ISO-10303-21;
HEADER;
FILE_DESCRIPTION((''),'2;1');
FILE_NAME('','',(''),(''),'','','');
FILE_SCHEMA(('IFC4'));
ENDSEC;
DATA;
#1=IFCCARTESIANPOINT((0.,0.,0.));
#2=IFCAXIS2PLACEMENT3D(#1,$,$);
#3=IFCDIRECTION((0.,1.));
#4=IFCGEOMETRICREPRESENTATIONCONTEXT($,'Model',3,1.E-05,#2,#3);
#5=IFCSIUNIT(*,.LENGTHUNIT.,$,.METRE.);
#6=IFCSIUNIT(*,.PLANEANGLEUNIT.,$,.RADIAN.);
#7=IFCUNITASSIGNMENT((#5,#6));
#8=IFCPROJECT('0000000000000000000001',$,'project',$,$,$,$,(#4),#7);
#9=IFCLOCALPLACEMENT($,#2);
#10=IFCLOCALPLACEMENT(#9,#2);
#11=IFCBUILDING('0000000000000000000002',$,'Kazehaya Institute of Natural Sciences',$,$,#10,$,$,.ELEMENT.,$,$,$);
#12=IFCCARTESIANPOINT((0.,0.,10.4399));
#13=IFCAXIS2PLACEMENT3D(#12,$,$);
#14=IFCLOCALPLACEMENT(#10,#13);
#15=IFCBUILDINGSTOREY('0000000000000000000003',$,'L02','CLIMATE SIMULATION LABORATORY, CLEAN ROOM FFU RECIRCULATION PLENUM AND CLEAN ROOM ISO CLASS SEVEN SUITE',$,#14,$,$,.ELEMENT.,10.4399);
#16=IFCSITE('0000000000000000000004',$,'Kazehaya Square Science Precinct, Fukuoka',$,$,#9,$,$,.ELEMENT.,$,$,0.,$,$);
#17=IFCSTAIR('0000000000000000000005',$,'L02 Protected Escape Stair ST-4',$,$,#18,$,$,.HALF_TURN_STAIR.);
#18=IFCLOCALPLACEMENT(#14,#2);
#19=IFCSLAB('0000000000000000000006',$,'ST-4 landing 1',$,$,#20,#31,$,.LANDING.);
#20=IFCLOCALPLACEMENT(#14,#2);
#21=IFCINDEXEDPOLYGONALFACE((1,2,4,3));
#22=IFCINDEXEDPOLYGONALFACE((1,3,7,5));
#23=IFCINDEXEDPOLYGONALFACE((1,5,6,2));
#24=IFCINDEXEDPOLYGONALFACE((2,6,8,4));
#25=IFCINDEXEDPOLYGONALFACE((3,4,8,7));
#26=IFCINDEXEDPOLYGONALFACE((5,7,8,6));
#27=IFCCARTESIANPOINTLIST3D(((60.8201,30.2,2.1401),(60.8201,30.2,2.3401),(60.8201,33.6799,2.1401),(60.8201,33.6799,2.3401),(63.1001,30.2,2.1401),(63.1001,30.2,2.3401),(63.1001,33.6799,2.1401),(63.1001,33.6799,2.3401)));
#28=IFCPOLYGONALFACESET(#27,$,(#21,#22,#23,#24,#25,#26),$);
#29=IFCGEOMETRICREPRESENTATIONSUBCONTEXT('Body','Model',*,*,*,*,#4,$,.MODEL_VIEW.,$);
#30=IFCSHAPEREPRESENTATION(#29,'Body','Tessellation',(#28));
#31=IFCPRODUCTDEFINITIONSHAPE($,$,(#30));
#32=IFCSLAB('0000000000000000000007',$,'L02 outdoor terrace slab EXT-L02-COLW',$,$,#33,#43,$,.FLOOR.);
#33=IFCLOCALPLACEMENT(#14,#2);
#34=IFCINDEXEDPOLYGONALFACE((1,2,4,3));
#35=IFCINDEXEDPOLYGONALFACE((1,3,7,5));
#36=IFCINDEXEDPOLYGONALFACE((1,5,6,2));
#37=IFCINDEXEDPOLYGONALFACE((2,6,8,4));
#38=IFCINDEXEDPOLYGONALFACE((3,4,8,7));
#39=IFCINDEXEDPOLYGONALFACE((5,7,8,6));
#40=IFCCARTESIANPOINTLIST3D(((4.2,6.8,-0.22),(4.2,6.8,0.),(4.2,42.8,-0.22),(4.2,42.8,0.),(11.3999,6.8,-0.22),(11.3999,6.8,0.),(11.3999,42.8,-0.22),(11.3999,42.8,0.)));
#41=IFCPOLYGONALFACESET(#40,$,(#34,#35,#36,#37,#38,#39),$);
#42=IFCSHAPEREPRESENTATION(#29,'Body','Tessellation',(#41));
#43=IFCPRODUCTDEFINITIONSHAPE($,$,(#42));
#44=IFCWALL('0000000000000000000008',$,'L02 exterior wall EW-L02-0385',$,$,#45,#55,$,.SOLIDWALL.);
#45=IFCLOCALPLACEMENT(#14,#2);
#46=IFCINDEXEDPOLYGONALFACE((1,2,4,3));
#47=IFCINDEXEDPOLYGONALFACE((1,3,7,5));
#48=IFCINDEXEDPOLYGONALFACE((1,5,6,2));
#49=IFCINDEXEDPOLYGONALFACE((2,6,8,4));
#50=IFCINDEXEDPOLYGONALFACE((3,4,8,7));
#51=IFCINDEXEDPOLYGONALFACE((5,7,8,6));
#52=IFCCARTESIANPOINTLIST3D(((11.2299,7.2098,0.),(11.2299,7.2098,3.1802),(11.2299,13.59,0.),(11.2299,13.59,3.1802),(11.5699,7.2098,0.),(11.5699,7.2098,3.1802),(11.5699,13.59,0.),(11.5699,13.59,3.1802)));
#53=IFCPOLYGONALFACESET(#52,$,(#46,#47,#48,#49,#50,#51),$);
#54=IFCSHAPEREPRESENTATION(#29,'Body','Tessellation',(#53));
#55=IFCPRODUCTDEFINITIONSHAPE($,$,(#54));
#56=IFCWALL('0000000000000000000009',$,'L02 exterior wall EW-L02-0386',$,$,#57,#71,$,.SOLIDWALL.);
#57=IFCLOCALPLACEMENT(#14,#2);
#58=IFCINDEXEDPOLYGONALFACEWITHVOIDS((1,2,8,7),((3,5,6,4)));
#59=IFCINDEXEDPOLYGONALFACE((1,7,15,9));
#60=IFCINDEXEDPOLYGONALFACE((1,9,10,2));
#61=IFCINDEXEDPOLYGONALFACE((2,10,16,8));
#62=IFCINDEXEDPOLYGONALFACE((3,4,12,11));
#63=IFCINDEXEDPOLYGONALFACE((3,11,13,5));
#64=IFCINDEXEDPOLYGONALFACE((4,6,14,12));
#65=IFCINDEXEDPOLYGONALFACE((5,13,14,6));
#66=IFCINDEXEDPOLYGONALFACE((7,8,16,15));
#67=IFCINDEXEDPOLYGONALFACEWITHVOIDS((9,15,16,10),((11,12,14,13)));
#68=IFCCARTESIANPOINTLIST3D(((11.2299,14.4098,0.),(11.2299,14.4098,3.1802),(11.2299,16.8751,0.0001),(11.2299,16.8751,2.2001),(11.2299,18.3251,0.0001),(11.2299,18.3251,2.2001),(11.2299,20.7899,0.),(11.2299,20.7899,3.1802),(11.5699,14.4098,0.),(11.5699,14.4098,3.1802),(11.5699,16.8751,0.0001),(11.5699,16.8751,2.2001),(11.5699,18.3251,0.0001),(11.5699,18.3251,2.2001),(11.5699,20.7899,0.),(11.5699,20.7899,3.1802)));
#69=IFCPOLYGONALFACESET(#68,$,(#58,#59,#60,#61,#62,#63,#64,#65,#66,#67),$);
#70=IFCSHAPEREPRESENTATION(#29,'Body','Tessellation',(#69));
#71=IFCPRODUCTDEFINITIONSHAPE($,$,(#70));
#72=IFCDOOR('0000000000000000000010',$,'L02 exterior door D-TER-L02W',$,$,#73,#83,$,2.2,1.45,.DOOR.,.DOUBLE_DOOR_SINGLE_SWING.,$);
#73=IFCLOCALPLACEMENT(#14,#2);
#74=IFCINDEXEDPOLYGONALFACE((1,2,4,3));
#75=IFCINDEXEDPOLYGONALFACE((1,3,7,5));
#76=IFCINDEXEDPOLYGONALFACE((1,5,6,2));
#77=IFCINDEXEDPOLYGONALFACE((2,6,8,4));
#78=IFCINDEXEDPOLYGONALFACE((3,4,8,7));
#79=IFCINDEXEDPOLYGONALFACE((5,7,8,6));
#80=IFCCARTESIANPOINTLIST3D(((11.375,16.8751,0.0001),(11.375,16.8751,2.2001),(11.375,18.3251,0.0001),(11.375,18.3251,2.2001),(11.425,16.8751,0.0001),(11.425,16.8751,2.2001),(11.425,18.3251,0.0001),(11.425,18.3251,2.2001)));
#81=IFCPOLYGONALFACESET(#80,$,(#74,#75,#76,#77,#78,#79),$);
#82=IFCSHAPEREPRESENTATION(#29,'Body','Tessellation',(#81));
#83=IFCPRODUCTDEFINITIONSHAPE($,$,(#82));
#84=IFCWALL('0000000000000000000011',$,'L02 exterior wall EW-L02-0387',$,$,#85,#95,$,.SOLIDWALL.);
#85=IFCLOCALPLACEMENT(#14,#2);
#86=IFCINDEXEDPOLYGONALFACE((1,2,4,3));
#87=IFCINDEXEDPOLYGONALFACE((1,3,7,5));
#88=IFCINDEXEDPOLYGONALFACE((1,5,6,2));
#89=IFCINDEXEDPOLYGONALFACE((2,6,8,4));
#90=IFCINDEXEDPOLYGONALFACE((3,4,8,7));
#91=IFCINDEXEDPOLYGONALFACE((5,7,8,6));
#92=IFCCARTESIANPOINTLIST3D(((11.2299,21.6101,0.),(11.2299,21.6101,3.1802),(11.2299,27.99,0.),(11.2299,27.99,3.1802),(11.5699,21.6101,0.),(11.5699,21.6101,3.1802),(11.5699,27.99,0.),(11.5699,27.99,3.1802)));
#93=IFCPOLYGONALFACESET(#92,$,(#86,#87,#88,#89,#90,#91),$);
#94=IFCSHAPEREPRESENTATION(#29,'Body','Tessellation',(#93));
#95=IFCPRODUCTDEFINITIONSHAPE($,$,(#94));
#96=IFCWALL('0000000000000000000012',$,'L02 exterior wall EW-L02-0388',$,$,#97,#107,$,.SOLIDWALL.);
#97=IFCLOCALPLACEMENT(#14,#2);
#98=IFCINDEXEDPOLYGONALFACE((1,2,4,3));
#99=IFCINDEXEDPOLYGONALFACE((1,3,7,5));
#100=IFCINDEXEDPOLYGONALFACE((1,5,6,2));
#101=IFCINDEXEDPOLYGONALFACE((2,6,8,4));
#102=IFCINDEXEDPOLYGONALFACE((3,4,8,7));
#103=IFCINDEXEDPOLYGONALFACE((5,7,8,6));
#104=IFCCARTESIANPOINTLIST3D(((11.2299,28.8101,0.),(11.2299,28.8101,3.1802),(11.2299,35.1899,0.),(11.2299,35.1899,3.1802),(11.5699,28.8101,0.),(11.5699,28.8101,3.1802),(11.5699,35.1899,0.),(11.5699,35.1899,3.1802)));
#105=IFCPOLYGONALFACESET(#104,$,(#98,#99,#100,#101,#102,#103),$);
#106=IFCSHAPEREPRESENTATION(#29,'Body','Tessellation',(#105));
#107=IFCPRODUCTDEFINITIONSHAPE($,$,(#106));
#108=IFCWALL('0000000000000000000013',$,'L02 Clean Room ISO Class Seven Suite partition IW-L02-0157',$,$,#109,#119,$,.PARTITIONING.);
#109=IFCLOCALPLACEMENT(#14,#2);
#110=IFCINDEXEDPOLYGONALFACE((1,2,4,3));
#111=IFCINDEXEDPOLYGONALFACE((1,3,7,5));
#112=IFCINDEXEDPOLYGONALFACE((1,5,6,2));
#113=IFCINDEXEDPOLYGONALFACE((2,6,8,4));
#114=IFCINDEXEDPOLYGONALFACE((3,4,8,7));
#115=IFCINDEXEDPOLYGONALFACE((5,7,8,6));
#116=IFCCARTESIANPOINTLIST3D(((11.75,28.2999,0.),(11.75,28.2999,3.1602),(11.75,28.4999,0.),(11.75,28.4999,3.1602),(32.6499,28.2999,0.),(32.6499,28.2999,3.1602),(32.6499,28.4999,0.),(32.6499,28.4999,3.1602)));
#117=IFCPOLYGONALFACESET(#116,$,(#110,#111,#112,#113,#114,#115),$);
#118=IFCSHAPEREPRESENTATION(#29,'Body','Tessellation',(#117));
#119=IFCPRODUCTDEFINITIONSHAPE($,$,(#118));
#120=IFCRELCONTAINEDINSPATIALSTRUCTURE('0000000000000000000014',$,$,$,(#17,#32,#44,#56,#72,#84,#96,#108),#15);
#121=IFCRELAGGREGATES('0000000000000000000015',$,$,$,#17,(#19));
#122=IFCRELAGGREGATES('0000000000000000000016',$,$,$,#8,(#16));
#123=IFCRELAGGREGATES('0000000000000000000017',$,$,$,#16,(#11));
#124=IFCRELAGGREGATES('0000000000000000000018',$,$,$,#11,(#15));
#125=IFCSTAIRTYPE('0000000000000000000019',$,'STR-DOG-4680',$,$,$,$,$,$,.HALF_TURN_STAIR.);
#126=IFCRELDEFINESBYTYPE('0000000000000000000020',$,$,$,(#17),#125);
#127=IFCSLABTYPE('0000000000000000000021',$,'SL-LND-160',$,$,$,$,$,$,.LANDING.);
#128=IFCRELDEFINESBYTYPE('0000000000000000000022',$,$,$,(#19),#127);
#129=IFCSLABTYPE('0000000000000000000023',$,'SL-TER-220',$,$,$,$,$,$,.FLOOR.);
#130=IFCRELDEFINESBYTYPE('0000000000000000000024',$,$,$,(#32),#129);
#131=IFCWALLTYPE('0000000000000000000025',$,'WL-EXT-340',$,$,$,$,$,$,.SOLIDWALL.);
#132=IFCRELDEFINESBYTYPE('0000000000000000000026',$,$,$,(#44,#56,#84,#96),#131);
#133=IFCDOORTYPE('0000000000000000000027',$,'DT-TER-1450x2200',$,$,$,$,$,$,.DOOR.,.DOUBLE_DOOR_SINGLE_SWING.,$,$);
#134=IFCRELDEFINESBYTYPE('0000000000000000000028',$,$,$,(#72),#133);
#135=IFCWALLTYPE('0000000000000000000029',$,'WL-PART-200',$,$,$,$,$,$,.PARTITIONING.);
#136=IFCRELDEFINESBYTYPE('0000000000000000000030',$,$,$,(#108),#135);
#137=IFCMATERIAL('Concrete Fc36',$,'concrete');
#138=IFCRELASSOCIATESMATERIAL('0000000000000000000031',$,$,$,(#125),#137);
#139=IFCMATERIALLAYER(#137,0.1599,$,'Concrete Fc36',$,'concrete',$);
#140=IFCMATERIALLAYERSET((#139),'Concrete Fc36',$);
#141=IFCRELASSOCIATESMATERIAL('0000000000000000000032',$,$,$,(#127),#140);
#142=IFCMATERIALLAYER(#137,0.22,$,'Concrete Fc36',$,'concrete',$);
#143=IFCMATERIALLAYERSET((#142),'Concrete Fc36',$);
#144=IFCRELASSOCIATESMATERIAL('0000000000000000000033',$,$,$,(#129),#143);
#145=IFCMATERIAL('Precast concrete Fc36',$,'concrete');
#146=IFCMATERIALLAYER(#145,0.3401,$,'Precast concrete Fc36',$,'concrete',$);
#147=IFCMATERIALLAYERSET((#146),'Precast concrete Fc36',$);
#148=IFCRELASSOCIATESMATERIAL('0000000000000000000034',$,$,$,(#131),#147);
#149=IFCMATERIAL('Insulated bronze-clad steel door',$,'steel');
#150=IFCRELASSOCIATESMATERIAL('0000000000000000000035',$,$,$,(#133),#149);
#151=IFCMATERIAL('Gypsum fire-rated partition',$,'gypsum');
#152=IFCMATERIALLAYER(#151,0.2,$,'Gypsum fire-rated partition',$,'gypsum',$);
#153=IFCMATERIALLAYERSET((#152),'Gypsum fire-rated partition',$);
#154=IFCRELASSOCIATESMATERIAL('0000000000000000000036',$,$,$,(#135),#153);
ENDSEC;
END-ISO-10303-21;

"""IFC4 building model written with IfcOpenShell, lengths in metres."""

from ifc_helpers import new_model, si_unit, direction, frame, frame_2d, origin, place, context, subcontext, project, spatial, polyline, rectangle, outline, extrude, material, layer, layer_set, type_object, element, fill, aggregate, save


model = new_model("IFC4")

# Units and contexts
model_context = context("Model", 3, precision=1e-05, world=origin(), true_north=direction((0.0, 1.0)))
body_context = subcontext(model_context, "Body", "Model", "MODEL_VIEW")
ifc_project = project(units=[si_unit("LENGTHUNIT", "METRE"), si_unit("PLANEANGLEUNIT", "RADIAN")], contexts=[model_context])

# Site, building, storey
site_placement = place(None, origin())
site = spatial("IfcSite", under=ifc_project, at=site_placement, Name="Kazehaya Square Science Precinct, Fukuoka", CompositionType="ELEMENT", RefElevation=0.0)
building_placement = place(site_placement, origin())
building = spatial("IfcBuilding", under=site, at=building_placement, Name="Kazehaya Institute of Natural Sciences", CompositionType="ELEMENT")
storey_placement = place(building_placement, frame((0.0, 0.0, 10.4399)))
storey = spatial("IfcBuildingStorey", under=building, at=storey_placement, Name="L02", Description="CLIMATE SIMULATION LABORATORY, CLEAN ROOM FFU RECIRCULATION PLENUM AND CLEAN ROOM ISO CLASS SEVEN SUITE", CompositionType="ELEMENT", Elevation=10.4399)

# Shared definitions
ifc_material_1 = material(Name="Concrete Fc36", Category="concrete")

# Stair, slab
stair_type = type_object("IfcStairType", Name="STR-DOG-4680", PredefinedType="HALF_TURN_STAIR", material=ifc_material_1)
ifc_layer_1 = layer(ifc_material_1, 0.1599, Name="Concrete Fc36", Category="concrete")
ifc_layer_set_1 = layer_set([ifc_layer_1], Name="Concrete Fc36")
slab_type_1 = type_object("IfcSlabType", Name="SL-LND-160", PredefinedType="LANDING", material=ifc_layer_set_1)
stair_1_placement = place(storey_placement, origin())
stair_1 = element("IfcStair", 1, at=stair_1_placement, inside=storey, type_object=stair_type, Name="L02 Protected Escape Stair ST-4", PredefinedType="HALF_TURN_STAIR")
slab_1_placement = place(storey_placement, frame((0.0, 0.0, 2.1401)))
slab_1 = element("IfcSlab", 2, at=slab_1_placement, type_object=slab_type_1, Name="ST-4 landing 1", PredefinedType="LANDING", context=body_context, shape_type="SweptSolid", body=[
    extrude(outline(polyline([(60.8201, 30.2), (63.1001, 30.2), (63.1001, 33.6799), (60.8201, 33.6799), (60.8201, 30.2)])), origin(), (0.0, 0.0, 1.0), 0.2),
])
aggregate(stair_1, [slab_1])

# Slab
ifc_layer_2 = layer(ifc_material_1, 0.22, Name="Concrete Fc36", Category="concrete")
ifc_layer_set_2 = layer_set([ifc_layer_2], Name="Concrete Fc36")
slab_type_2 = type_object("IfcSlabType", Name="SL-TER-220", PredefinedType="FLOOR", material=ifc_layer_set_2)
slab_2_placement = place(storey_placement, frame((0.0, 0.0, -0.22)))
element("IfcSlab", 3, at=slab_2_placement, inside=storey, type_object=slab_type_2, Name="L02 outdoor terrace slab EXT-L02-COLW", PredefinedType="FLOOR", context=body_context, shape_type="SweptSolid", body=[
    extrude(outline(polyline([(4.2, 6.8), (11.3999, 6.8), (11.3999, 42.8), (4.2, 42.8), (4.2, 6.8)])), origin(), (0.0, 0.0, 1.0), 0.22),
])

# Wall
ifc_material_2 = material(Name="Precast concrete Fc36", Category="concrete")
ifc_layer_3 = layer(ifc_material_2, 0.3401, Name="Precast concrete Fc36", Category="concrete")
ifc_layer_set_3 = layer_set([ifc_layer_3], Name="Precast concrete Fc36")
wall_type_1 = type_object("IfcWallType", Name="WL-EXT-340", PredefinedType="SOLIDWALL", material=ifc_layer_set_3)
wall_1_placement = place(storey_placement, frame((11.3999, 7.21, 0.0), z_axis=(0.0, 0.0, 1.0), x_axis=(0.0, 1.0, 0.0)))
element("IfcWall", 4, at=wall_1_placement, inside=storey, type_object=wall_type_1, Name="L02 exterior wall EW-L02-0385", PredefinedType="SOLIDWALL", context=body_context, shape_type="SweptSolid", body=[
    extrude(rectangle(XDim=6.3801, YDim=0.3401, at=frame_2d((3.1899, 0.0))), origin(), (0.0, 0.0, 1.0), 3.1802),
])

# Wall, opening, door
wall_2_placement = place(storey_placement, frame((11.3999, 14.4099, 0.0), z_axis=(0.0, 0.0, 1.0), x_axis=(0.0, 1.0, 0.0)))
wall_2 = element("IfcWall", 5, at=wall_2_placement, inside=storey, type_object=wall_type_1, Name="L02 exterior wall EW-L02-0386", PredefinedType="SOLIDWALL", context=body_context, shape_type="SweptSolid", body=[
    extrude(rectangle(XDim=6.3801, YDim=0.3401, at=frame_2d((3.1899, 0.0))), origin(), (0.0, 0.0, 1.0), 3.1802),
])
opening_placement = place(wall_2_placement, frame((2.4651, 0.0, 0.0)))
opening = element("IfcOpeningElement", 6, at=opening_placement, cuts=wall_2, PredefinedType="OPENING", context=body_context, shape_type="SweptSolid", body=[
    extrude(rectangle(XDim=1.45, YDim=2.2, at=frame_2d((0.7251, 1.1001))), frame((0.0, 0.1799, 0.0), z_axis=(0.0, -1.0, 0.0), x_axis=(1.0, 0.0, 0.0)), (0.0, 0.0, 1.0), 0.3601),
])
ifc_material_3 = material(Name="Insulated bronze-clad steel door", Category="steel")
door_type = type_object("IfcDoorType", Name="DT-TER-1450x2200", OperationType="DOUBLE_DOOR_SINGLE_SWING", PredefinedType="DOOR", material=ifc_material_3)
door_placement = place(opening_placement, origin())
door = element("IfcDoor", 7, at=door_placement, inside=storey, type_object=door_type, Name="L02 exterior door D-TER-L02W", OperationType="DOUBLE_DOOR_SINGLE_SWING", OverallHeight=2.2, OverallWidth=1.45, PredefinedType="DOOR", context=body_context, shape_type="SweptSolid", body=[
    extrude(rectangle(XDim=1.45, YDim=2.2, at=frame_2d((0.7251, 1.1001))), frame((0.0, 0.0249, 0.0), z_axis=(0.0, -1.0, 0.0), x_axis=(1.0, 0.0, 0.0)), (0.0, 0.0, 1.0), 0.05),
])
fill(opening, door)

# Walls
for number, where, z_axis, x_axis, name in (
    (8, (11.3999, 21.6101, 0.0), (0.0, 0.0, 1.0), (0.0, 1.0, 0.0), "L02 exterior wall EW-L02-0387"),
    (9, (11.3999, 28.8101, 0.0), (0.0, 0.0, 1.0), (0.0, 1.0, 0.0), "L02 exterior wall EW-L02-0388"),
):
    element("IfcWall", number, at=place(storey_placement, frame(where, z_axis=z_axis, x_axis=x_axis)), inside=storey, type_object=wall_type_1, Name=name, PredefinedType="SOLIDWALL", context=body_context, shape_type="SweptSolid", body=[
        extrude(rectangle(XDim=6.3799, YDim=0.3401, at=frame_2d((3.1899, 0.0))), origin(), (0.0, 0.0, 1.0), 3.1802),
    ])
ifc_material_4 = material(Name="Gypsum fire-rated partition", Category="gypsum")
ifc_layer_4 = layer(ifc_material_4, 0.2, Name="Gypsum fire-rated partition", Category="gypsum")
ifc_layer_set_4 = layer_set([ifc_layer_4], Name="Gypsum fire-rated partition")
wall_type_2 = type_object("IfcWallType", Name="WL-PART-200", PredefinedType="PARTITIONING", material=ifc_layer_set_4)
wall_3_placement = place(storey_placement, frame((11.75, 28.3999, 0.0), z_axis=(0.0, 0.0, 1.0), x_axis=(1.0, 0.0, 0.0)))
element("IfcWall", 10, at=wall_3_placement, inside=storey, type_object=wall_type_2, Name="L02 Clean Room ISO Class Seven Suite partition IW-L02-0157", PredefinedType="PARTITIONING", context=body_context, shape_type="SweptSolid", body=[
    extrude(rectangle(XDim=20.8999, YDim=0.2, at=frame_2d((10.45, 0.0))), origin(), (0.0, 0.0, 1.0), 3.1602),
])

save(model, "model.ifc")
